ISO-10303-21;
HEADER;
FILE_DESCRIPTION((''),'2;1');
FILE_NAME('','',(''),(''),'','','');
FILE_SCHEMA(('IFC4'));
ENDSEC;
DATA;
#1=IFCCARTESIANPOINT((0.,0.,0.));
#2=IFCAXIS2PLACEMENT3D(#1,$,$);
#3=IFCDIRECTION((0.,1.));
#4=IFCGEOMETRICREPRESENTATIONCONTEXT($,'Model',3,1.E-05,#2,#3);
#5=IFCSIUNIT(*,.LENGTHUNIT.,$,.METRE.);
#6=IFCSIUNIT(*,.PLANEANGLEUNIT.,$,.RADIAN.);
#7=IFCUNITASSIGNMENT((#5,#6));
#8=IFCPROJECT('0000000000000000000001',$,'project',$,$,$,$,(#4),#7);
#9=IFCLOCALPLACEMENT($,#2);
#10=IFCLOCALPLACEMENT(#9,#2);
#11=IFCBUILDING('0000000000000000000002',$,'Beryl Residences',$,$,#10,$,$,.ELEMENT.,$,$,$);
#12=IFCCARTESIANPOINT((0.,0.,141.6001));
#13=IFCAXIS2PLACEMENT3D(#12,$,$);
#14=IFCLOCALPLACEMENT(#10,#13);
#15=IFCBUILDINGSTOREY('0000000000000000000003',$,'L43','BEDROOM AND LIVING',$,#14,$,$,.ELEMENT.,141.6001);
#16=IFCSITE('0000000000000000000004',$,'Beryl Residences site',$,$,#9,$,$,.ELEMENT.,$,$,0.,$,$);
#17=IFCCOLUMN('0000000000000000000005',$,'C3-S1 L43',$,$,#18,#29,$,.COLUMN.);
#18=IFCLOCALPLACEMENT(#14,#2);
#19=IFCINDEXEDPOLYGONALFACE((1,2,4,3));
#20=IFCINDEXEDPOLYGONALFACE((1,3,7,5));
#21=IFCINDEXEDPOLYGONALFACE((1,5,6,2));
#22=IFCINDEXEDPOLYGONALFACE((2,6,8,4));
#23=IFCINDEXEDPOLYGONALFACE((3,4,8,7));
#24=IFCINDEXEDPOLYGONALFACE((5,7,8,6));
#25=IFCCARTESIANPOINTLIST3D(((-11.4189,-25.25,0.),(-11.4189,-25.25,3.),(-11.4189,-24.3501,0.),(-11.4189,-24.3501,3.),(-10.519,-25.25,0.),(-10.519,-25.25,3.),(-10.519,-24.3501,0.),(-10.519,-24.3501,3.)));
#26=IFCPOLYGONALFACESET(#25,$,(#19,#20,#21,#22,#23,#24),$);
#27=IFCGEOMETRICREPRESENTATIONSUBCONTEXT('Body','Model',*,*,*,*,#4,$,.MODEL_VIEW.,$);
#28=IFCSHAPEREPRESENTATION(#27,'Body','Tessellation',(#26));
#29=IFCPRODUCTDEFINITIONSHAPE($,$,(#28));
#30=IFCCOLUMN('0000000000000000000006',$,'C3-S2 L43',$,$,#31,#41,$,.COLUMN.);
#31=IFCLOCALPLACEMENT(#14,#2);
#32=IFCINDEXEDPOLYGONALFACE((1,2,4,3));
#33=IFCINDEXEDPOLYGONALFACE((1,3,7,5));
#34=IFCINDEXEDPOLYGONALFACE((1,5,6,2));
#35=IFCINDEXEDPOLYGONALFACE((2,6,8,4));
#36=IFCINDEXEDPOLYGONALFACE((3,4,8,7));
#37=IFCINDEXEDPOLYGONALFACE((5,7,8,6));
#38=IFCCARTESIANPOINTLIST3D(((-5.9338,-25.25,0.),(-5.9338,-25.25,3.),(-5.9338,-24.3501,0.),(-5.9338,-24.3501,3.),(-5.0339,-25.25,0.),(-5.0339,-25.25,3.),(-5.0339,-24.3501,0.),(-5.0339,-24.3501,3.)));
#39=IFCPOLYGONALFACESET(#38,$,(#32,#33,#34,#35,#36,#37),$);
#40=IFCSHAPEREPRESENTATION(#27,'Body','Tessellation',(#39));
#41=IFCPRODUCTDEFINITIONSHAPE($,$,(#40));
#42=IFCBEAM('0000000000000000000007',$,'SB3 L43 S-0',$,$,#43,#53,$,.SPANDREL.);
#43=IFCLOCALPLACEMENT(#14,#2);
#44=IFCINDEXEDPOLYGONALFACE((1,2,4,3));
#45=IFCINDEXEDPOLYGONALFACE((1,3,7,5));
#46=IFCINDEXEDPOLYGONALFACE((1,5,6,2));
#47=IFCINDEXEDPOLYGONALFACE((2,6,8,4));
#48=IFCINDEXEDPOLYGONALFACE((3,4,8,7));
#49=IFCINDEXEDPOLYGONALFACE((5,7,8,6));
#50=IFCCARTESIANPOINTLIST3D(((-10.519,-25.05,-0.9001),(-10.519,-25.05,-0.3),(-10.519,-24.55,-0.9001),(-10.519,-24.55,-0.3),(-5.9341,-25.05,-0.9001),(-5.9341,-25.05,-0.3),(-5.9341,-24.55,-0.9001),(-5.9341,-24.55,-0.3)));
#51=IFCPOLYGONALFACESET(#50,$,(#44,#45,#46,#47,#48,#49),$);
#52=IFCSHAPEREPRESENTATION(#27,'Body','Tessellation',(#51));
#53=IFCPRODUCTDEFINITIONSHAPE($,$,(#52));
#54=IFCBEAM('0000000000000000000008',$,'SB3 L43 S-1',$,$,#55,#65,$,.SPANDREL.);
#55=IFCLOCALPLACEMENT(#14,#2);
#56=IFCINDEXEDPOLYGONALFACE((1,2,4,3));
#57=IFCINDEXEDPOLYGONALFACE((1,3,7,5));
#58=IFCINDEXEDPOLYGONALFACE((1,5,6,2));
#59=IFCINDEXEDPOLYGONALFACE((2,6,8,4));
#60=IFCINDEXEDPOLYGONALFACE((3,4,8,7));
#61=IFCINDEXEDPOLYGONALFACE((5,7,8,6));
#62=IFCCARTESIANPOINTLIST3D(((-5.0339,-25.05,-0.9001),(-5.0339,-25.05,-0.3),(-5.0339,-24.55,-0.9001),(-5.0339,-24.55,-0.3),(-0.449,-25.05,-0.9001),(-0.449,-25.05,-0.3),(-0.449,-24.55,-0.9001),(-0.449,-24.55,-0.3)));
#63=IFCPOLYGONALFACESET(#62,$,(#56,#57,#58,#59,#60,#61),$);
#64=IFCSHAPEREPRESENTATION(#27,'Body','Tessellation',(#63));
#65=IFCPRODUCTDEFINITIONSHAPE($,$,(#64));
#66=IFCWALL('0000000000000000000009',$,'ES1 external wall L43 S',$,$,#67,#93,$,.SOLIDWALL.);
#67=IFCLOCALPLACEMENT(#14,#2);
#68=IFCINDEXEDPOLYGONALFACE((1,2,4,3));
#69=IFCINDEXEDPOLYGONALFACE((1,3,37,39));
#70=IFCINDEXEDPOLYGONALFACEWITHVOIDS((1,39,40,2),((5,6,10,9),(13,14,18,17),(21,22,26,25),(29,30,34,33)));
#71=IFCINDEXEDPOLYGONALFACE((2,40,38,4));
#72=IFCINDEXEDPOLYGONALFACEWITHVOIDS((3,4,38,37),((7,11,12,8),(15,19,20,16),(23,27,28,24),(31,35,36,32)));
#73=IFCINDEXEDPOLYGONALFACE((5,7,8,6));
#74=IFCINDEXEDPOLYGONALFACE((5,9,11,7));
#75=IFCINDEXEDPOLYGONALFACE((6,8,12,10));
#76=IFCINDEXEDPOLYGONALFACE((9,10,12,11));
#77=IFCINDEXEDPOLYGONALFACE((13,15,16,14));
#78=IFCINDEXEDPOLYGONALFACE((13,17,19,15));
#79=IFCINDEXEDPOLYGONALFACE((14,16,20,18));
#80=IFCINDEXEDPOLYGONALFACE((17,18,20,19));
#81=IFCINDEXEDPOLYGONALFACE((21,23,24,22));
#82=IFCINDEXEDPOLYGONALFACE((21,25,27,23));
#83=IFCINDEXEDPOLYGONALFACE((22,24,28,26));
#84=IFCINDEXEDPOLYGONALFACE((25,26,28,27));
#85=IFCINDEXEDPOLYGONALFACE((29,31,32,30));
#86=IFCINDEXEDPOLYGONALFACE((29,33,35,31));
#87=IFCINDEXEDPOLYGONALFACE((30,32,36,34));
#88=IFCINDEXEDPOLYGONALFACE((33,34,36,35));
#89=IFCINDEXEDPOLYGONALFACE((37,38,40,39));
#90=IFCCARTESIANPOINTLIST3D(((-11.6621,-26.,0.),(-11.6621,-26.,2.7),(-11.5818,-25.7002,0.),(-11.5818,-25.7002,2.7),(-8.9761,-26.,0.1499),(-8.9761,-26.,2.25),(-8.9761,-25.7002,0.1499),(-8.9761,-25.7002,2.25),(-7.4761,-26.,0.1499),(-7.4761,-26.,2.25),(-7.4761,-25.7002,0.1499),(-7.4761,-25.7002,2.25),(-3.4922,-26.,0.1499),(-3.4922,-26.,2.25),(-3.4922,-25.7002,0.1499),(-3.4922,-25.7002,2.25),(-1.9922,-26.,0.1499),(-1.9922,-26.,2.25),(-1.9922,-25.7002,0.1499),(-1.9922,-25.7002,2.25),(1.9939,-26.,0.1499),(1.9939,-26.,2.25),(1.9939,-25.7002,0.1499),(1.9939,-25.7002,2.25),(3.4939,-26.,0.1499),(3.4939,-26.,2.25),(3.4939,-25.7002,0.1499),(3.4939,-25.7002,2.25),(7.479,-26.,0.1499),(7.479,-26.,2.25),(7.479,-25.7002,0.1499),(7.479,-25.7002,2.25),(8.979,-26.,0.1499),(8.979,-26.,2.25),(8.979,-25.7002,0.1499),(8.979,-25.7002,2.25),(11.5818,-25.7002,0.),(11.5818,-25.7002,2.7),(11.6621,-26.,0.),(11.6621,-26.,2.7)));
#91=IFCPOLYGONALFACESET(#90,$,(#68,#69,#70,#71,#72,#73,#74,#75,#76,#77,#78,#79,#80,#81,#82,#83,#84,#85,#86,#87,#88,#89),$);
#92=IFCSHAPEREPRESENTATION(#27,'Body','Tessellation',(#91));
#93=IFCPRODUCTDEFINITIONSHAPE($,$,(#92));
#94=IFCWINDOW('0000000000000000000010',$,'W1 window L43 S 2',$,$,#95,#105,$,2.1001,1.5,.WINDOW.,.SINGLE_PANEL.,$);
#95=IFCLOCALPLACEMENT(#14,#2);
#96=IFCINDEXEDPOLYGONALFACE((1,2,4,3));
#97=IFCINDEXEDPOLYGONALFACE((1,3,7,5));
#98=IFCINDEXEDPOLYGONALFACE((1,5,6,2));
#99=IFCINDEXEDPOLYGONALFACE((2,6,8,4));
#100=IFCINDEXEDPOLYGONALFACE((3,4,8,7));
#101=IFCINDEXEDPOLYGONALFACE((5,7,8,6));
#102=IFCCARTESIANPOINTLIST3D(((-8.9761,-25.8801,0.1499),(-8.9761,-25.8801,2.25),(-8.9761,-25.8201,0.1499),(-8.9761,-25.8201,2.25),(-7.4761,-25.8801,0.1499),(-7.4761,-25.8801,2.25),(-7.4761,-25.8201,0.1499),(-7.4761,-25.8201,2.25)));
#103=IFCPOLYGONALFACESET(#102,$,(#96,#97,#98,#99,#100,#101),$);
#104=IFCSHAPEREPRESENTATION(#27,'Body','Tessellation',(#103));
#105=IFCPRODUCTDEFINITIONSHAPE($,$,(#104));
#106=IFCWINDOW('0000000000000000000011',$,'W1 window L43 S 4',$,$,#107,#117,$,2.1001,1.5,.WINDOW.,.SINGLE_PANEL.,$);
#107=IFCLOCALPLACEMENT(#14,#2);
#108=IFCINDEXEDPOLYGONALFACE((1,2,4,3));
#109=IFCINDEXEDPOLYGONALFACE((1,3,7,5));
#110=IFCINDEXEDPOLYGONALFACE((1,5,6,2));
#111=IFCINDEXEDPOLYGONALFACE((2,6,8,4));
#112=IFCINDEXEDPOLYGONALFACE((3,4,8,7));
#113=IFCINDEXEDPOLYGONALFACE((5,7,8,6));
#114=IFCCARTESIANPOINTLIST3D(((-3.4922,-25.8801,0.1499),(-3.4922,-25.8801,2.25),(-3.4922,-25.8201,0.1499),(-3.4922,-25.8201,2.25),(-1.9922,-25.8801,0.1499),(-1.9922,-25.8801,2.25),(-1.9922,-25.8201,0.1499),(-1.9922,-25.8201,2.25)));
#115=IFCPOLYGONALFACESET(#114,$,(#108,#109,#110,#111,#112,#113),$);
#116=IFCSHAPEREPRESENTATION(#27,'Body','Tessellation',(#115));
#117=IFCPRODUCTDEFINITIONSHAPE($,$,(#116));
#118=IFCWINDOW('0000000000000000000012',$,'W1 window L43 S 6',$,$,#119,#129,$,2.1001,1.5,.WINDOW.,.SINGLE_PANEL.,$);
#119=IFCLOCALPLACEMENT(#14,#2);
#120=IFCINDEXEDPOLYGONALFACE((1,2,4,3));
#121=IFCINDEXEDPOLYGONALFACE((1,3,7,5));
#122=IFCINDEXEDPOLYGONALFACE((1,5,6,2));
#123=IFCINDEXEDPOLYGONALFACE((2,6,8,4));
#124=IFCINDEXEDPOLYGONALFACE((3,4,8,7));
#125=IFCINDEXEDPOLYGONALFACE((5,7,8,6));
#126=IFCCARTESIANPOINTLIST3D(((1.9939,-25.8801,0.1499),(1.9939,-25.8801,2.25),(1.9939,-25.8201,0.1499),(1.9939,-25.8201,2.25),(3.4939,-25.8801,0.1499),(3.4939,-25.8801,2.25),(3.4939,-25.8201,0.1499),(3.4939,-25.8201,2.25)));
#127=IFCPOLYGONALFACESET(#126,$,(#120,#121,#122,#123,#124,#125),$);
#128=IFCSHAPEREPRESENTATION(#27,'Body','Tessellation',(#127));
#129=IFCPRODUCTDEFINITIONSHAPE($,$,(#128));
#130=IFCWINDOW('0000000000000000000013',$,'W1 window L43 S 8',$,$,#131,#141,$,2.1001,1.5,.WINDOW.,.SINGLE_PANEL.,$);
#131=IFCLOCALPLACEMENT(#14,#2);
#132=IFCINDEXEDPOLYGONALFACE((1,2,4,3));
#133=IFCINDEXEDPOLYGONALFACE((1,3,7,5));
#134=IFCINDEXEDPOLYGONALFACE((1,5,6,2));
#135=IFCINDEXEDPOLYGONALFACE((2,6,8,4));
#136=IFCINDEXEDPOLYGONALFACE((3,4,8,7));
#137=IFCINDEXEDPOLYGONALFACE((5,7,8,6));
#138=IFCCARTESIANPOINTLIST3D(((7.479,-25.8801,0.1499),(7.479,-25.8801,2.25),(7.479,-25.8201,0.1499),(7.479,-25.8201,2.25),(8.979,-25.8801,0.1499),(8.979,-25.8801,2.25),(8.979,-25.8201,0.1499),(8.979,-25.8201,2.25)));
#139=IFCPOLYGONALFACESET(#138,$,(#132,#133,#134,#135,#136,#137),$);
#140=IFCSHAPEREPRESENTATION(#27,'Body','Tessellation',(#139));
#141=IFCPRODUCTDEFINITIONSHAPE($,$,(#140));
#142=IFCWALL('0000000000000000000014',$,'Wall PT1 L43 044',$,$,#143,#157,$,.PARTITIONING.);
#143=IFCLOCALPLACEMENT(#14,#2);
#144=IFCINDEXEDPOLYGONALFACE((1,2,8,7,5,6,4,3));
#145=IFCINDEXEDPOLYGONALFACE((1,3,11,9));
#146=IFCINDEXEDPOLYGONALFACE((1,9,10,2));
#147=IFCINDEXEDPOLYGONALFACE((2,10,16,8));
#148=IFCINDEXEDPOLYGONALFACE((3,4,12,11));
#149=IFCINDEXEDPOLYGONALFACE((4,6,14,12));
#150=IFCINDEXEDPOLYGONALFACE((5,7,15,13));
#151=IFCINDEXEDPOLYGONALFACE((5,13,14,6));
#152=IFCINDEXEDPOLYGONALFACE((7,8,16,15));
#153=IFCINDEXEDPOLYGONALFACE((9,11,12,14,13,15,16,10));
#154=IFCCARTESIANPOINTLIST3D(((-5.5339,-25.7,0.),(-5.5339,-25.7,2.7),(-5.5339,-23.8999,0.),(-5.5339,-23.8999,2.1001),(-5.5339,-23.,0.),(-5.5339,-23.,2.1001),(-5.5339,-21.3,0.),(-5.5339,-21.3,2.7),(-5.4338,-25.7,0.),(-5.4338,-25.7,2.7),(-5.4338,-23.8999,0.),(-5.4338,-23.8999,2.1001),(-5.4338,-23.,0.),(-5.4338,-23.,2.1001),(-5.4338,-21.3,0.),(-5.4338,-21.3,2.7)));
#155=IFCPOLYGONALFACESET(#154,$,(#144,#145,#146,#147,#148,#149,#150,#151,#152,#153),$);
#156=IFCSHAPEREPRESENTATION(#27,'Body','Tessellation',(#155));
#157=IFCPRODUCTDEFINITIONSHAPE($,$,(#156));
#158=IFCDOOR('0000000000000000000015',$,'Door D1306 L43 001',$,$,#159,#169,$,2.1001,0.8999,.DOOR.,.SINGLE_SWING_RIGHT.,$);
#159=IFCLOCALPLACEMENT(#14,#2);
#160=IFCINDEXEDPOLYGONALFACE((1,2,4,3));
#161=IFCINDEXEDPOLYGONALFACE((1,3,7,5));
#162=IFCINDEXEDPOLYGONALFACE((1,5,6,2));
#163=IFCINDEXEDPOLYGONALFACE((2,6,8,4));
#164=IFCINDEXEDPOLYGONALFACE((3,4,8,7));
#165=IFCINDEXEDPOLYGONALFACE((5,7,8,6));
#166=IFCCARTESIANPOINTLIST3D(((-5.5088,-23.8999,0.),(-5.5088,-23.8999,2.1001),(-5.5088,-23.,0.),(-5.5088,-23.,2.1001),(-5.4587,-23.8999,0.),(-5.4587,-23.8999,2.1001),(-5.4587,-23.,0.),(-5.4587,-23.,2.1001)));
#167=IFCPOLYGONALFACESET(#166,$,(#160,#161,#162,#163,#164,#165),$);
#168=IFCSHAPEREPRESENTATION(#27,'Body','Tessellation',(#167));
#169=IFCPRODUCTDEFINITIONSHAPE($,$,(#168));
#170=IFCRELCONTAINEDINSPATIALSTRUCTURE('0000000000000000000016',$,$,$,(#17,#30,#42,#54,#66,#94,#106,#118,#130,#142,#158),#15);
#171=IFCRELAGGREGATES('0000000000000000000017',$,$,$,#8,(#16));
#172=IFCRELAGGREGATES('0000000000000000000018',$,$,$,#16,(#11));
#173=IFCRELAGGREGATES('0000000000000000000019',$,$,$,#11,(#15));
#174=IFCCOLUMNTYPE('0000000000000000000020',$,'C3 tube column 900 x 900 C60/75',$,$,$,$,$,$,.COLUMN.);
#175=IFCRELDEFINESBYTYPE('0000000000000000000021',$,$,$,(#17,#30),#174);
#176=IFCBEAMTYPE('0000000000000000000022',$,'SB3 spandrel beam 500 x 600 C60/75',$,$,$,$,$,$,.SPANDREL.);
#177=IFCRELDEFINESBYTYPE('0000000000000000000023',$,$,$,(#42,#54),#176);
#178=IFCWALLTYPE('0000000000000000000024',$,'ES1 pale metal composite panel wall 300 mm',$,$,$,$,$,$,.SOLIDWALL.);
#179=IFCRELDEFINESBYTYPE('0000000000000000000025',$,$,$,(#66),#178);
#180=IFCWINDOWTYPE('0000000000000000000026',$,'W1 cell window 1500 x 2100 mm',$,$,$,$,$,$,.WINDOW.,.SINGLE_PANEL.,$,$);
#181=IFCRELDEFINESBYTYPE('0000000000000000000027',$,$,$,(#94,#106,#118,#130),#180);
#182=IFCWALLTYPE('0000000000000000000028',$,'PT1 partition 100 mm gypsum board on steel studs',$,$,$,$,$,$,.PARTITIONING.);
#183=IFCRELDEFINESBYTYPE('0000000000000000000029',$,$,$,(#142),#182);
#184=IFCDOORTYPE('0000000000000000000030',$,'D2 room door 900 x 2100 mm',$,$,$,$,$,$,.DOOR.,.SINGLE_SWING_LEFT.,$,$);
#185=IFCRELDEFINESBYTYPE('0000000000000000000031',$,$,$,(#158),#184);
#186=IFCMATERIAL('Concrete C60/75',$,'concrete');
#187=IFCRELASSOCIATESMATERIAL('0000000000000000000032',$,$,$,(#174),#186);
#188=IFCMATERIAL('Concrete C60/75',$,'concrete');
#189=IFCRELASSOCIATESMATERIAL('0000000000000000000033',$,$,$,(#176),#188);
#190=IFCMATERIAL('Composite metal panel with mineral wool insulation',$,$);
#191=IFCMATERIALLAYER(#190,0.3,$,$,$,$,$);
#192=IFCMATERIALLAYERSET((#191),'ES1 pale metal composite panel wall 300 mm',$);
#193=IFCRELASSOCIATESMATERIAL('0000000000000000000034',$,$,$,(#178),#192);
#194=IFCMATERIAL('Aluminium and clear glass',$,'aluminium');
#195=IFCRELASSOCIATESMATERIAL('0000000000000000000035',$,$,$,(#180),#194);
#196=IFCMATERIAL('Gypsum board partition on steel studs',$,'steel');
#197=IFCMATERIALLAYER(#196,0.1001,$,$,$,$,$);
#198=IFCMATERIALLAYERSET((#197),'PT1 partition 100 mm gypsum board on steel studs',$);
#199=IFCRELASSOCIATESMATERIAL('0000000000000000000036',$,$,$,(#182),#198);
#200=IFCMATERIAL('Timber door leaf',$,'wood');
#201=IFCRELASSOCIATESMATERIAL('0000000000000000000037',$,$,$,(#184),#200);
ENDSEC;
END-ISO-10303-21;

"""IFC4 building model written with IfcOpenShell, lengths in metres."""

from ifc_helpers import new_model, si_unit, direction, frame, frame_2d, origin, origin_2d, place, context, subcontext, project, spatial, polyline, rectangle, outline, extrude, material, layer, layer_set, material_profile, profile_set, type_object, element, fill, save


model = new_model("IFC4")

# Units and contexts
model_context = context("Model", 3, precision=1e-05, world=origin(), true_north=direction((0.0, 1.0)))
body_context = subcontext(model_context, "Body", "Model", "MODEL_VIEW")
ifc_project = project(units=[si_unit("LENGTHUNIT", "METRE"), si_unit("PLANEANGLEUNIT", "RADIAN")], contexts=[model_context])

# Site, building, storey
site_placement = place(None, origin())
site = spatial("IfcSite", under=ifc_project, at=site_placement, Name="Beryl Residences site", CompositionType="ELEMENT", RefElevation=0.0)
building_placement = place(site_placement, origin())
building = spatial("IfcBuilding", under=site, at=building_placement, Name="Beryl Residences", CompositionType="ELEMENT")
storey_placement = place(building_placement, frame((0.0, 0.0, 141.6001)))
storey = spatial("IfcBuildingStorey", under=building, at=storey_placement, Name="L43", Description="BEDROOM AND LIVING", CompositionType="ELEMENT", Elevation=141.6001)

# Columns
ifc_material_1 = material(Name="Concrete C60/75", Category="concrete")
ifc_material_profile_1 = material_profile(ifc_material_1, rectangle(XDim=0.8999, YDim=0.8999, at=origin_2d()))
ifc_profile_set_1 = profile_set([ifc_material_profile_1], Name="Concrete C60/75")
column_type = type_object("IfcColumnType", Name="C3 tube column 900 x 900 C60/75", PredefinedType="COLUMN", material=ifc_profile_set_1)
for number, where, z_axis, x_axis, name in (
    (1, (-10.969, -24.8, 0.0), (0.0, 0.0, 1.0), (1.0, 0.0, 0.0), "C3-S1 L43"),
    (2, (-5.4839, -24.8, 0.0), (0.0, 0.0, 1.0), (1.0, 0.0, 0.0), "C3-S2 L43"),
):
    element("IfcColumn", number, at=place(storey_placement, frame(where, z_axis=z_axis, x_axis=x_axis)), inside=storey, type_object=column_type, Name=name, PredefinedType="COLUMN", context=body_context, shape_type="SweptSolid", body=[
        extrude(rectangle(XDim=0.8999, YDim=0.8999, at=origin_2d()), origin(), (0.0, 0.0, 1.0), 3.0),
    ])

# Beams
ifc_material_2 = material(Name="Concrete C60/75", Category="concrete")
ifc_material_profile_2 = material_profile(ifc_material_2, rectangle(XDim=0.5, YDim=0.6001, at=origin_2d()))
ifc_profile_set_2 = profile_set([ifc_material_profile_2], Name="Concrete C60/75")
beam_type = type_object("IfcBeamType", Name="SB3 spandrel beam 500 x 600 C60/75", PredefinedType="SPANDREL", material=ifc_profile_set_2)
for number, where, z_axis, x_axis, name in (
    (3, (-10.519, -24.8, -0.6001), (1.0, 0.0, 0.0), (0.0, 1.0, 0.0), "SB3 L43 S-0"),
    (4, (-5.0339, -24.8, -0.6001), (1.0, 0.0, 0.0), (0.0, 1.0, 0.0), "SB3 L43 S-1"),
):
    element("IfcBeam", number, at=place(storey_placement, frame(where, z_axis=z_axis, x_axis=x_axis)), inside=storey, type_object=beam_type, Name=name, PredefinedType="SPANDREL", context=body_context, shape_type="SweptSolid", body=[
        extrude(rectangle(XDim=0.5, YDim=0.6001, at=origin_2d()), origin(), (0.0, 0.0, 1.0), 4.585),
    ])

# Wall, openings, windows
ifc_material_3 = material(Name="Composite metal panel with mineral wool insulation")
ifc_layer_1 = layer(ifc_material_3, 0.3)
ifc_layer_set_1 = layer_set([ifc_layer_1], Name="ES1 pale metal composite panel wall 300 mm")
wall_type_1 = type_object("IfcWallType", Name="ES1 pale metal composite panel wall 300 mm", PredefinedType="SOLIDWALL", material=ifc_layer_set_1)
wall_1_placement = place(storey_placement, frame((-11.6621, -25.8501, 0.0), z_axis=(0.0, 0.0, 1.0), x_axis=(1.0, 0.0, 0.0)))
wall_1 = element("IfcWall", 5, at=wall_1_placement, inside=storey, type_object=wall_type_1, Name="ES1 external wall L43 S", PredefinedType="SOLIDWALL", context=body_context, shape_type="SweptSolid", body=[
    extrude(outline(polyline([(0.0, -0.1499), (23.3242, -0.1499), (23.2439, 0.1499), (0.0803, 0.1499), (0.0, -0.1499)])), origin(), (0.0, 0.0, 1.0), 2.7),
])
opening_1_placement = place(wall_1_placement, frame((2.686, 0.0, 0.1499)))
opening_1 = element("IfcOpeningElement", 6, at=opening_1_placement, cuts=wall_1, PredefinedType="OPENING", context=body_context, shape_type="SweptSolid", body=[
    extrude(rectangle(XDim=1.5, YDim=2.1001, at=frame_2d((0.75, 1.05))), frame((0.0, 0.1599, 0.0), z_axis=(0.0, -1.0, 0.0), x_axis=(1.0, 0.0, 0.0)), (0.0, 0.0, 1.0), 0.3201),
])
opening_2_placement = place(wall_1_placement, frame((8.1699, 0.0, 0.1499)))
opening_2 = element("IfcOpeningElement", 7, at=opening_2_placement, cuts=wall_1, PredefinedType="OPENING", context=body_context, shape_type="SweptSolid", body=[
    extrude(rectangle(XDim=1.5, YDim=2.1001, at=frame_2d((0.75, 1.05))), frame((0.0, 0.1599, 0.0), z_axis=(0.0, -1.0, 0.0), x_axis=(1.0, 0.0, 0.0)), (0.0, 0.0, 1.0), 0.3201),
])
opening_3_placement = place(wall_1_placement, frame((13.656, 0.0, 0.1499)))
opening_3 = element("IfcOpeningElement", 8, at=opening_3_placement, cuts=wall_1, PredefinedType="OPENING", context=body_context, shape_type="SweptSolid", body=[
    extrude(rectangle(XDim=1.5, YDim=2.1001, at=frame_2d((0.75, 1.05))), frame((0.0, 0.1599, 0.0), z_axis=(0.0, -1.0, 0.0), x_axis=(1.0, 0.0, 0.0)), (0.0, 0.0, 1.0), 0.3201),
])
opening_4_placement = place(wall_1_placement, frame((19.1411, 0.0, 0.1499)))
opening_4 = element("IfcOpeningElement", 9, at=opening_4_placement, cuts=wall_1, PredefinedType="OPENING", context=body_context, shape_type="SweptSolid", body=[
    extrude(rectangle(XDim=1.5, YDim=2.1001, at=frame_2d((0.75, 1.05))), frame((0.0, 0.1599, 0.0), z_axis=(0.0, -1.0, 0.0), x_axis=(1.0, 0.0, 0.0)), (0.0, 0.0, 1.0), 0.3201),
])
ifc_material_4 = material(Name="Aluminium and clear glass", Category="aluminium")
window_type = type_object("IfcWindowType", Name="W1 cell window 1500 x 2100 mm", PartitioningType="SINGLE_PANEL", PredefinedType="WINDOW", material=ifc_material_4)
window_1_placement = place(opening_1_placement, origin())
window_1 = element("IfcWindow", 10, at=window_1_placement, inside=storey, type_object=window_type, Name="W1 window L43 S 2", OverallHeight=2.1001, OverallWidth=1.5, PartitioningType="SINGLE_PANEL", PredefinedType="WINDOW", context=body_context, shape_type="SweptSolid", body=[
    extrude(rectangle(XDim=1.5, YDim=2.1001, at=frame_2d((0.75, 1.05))), frame((0.0, 0.03, 0.0), z_axis=(0.0, -1.0, 0.0), x_axis=(1.0, 0.0, 0.0)), (0.0, 0.0, 1.0), 0.0601),
])
fill(opening_1, window_1)
window_2_placement = place(opening_2_placement, origin())
window_2 = element("IfcWindow", 11, at=window_2_placement, inside=storey, type_object=window_type, Name="W1 window L43 S 4", OverallHeight=2.1001, OverallWidth=1.5, PartitioningType="SINGLE_PANEL", PredefinedType="WINDOW", context=body_context, shape_type="SweptSolid", body=[
    extrude(rectangle(XDim=1.5, YDim=2.1001, at=frame_2d((0.75, 1.05))), frame((0.0, 0.03, 0.0), z_axis=(0.0, -1.0, 0.0), x_axis=(1.0, 0.0, 0.0)), (0.0, 0.0, 1.0), 0.0601),
])
fill(opening_2, window_2)
window_3_placement = place(opening_3_placement, origin())
window_3 = element("IfcWindow", 12, at=window_3_placement, inside=storey, type_object=window_type, Name="W1 window L43 S 6", OverallHeight=2.1001, OverallWidth=1.5, PartitioningType="SINGLE_PANEL", PredefinedType="WINDOW", context=body_context, shape_type="SweptSolid", body=[
    extrude(rectangle(XDim=1.5, YDim=2.1001, at=frame_2d((0.75, 1.05))), frame((0.0, 0.03, 0.0), z_axis=(0.0, -1.0, 0.0), x_axis=(1.0, 0.0, 0.0)), (0.0, 0.0, 1.0), 0.0601),
])
fill(opening_3, window_3)
window_4_placement = place(opening_4_placement, origin())
window_4 = element("IfcWindow", 13, at=window_4_placement, inside=storey, type_object=window_type, Name="W1 window L43 S 8", OverallHeight=2.1001, OverallWidth=1.5, PartitioningType="SINGLE_PANEL", PredefinedType="WINDOW", context=body_context, shape_type="SweptSolid", body=[
    extrude(rectangle(XDim=1.5, YDim=2.1001, at=frame_2d((0.75, 1.05))), frame((0.0, 0.03, 0.0), z_axis=(0.0, -1.0, 0.0), x_axis=(1.0, 0.0, 0.0)), (0.0, 0.0, 1.0), 0.0601),
])
fill(opening_4, window_4)

# Wall, opening, door
ifc_material_5 = material(Name="Gypsum board partition on steel studs", Category="steel")
ifc_layer_2 = layer(ifc_material_5, 0.1001)
ifc_layer_set_2 = layer_set([ifc_layer_2], Name="PT1 partition 100 mm gypsum board on steel studs")
wall_type_2 = type_object("IfcWallType", Name="PT1 partition 100 mm gypsum board on steel studs", PredefinedType="PARTITIONING", material=ifc_layer_set_2)
wall_2_placement = place(storey_placement, frame((-5.4839, -25.7, 0.0), z_axis=(0.0, 0.0, 1.0), x_axis=(0.0, 1.0, 0.0)))
wall_2 = element("IfcWall", 14, at=wall_2_placement, inside=storey, type_object=wall_type_2, Name="Wall PT1 L43 044", PredefinedType="PARTITIONING", context=body_context, shape_type="SweptSolid", body=[
    extrude(rectangle(XDim=4.3999, YDim=0.1001, at=frame_2d((2.2, 0.0))), origin(), (0.0, 0.0, 1.0), 2.7),
])
opening_5_placement = place(wall_2_placement, frame((1.8, 0.0, 0.0)))
opening_5 = element("IfcOpeningElement", 15, at=opening_5_placement, cuts=wall_2, PredefinedType="OPENING", context=body_context, shape_type="SweptSolid", body=[
    extrude(rectangle(XDim=0.8999, YDim=2.1001, at=frame_2d((0.45, 1.05))), frame((0.0, 0.0601, 0.0), z_axis=(0.0, -1.0, 0.0), x_axis=(1.0, 0.0, 0.0)), (0.0, 0.0, 1.0), 0.1201),
])
ifc_material_6 = material(Name="Timber door leaf", Category="wood")
door_type_1 = type_object("IfcDoorType", Name="D2 room door 900 x 2100 mm", OperationType="SINGLE_SWING_LEFT", PredefinedType="DOOR", material=ifc_material_6)
door_1_placement = place(opening_5_placement, origin())
door_1 = element("IfcDoor", 16, at=door_1_placement, inside=storey, type_object=door_type_1, Name="Door D1306 L43 001", OperationType="SINGLE_SWING_RIGHT", OverallHeight=2.1001, OverallWidth=0.8999, PredefinedType="DOOR", context=body_context, shape_type="SweptSolid", body=[
    extrude(rectangle(XDim=0.8999, YDim=2.1001, at=frame_2d((0.45, 1.05))), frame((0.0, 0.0249, 0.0), z_axis=(0.0, -1.0, 0.0), x_axis=(1.0, 0.0, 0.0)), (0.0, 0.0, 1.0), 0.05),
])
fill(opening_5, door_1)

save(model, "model.ifc")
